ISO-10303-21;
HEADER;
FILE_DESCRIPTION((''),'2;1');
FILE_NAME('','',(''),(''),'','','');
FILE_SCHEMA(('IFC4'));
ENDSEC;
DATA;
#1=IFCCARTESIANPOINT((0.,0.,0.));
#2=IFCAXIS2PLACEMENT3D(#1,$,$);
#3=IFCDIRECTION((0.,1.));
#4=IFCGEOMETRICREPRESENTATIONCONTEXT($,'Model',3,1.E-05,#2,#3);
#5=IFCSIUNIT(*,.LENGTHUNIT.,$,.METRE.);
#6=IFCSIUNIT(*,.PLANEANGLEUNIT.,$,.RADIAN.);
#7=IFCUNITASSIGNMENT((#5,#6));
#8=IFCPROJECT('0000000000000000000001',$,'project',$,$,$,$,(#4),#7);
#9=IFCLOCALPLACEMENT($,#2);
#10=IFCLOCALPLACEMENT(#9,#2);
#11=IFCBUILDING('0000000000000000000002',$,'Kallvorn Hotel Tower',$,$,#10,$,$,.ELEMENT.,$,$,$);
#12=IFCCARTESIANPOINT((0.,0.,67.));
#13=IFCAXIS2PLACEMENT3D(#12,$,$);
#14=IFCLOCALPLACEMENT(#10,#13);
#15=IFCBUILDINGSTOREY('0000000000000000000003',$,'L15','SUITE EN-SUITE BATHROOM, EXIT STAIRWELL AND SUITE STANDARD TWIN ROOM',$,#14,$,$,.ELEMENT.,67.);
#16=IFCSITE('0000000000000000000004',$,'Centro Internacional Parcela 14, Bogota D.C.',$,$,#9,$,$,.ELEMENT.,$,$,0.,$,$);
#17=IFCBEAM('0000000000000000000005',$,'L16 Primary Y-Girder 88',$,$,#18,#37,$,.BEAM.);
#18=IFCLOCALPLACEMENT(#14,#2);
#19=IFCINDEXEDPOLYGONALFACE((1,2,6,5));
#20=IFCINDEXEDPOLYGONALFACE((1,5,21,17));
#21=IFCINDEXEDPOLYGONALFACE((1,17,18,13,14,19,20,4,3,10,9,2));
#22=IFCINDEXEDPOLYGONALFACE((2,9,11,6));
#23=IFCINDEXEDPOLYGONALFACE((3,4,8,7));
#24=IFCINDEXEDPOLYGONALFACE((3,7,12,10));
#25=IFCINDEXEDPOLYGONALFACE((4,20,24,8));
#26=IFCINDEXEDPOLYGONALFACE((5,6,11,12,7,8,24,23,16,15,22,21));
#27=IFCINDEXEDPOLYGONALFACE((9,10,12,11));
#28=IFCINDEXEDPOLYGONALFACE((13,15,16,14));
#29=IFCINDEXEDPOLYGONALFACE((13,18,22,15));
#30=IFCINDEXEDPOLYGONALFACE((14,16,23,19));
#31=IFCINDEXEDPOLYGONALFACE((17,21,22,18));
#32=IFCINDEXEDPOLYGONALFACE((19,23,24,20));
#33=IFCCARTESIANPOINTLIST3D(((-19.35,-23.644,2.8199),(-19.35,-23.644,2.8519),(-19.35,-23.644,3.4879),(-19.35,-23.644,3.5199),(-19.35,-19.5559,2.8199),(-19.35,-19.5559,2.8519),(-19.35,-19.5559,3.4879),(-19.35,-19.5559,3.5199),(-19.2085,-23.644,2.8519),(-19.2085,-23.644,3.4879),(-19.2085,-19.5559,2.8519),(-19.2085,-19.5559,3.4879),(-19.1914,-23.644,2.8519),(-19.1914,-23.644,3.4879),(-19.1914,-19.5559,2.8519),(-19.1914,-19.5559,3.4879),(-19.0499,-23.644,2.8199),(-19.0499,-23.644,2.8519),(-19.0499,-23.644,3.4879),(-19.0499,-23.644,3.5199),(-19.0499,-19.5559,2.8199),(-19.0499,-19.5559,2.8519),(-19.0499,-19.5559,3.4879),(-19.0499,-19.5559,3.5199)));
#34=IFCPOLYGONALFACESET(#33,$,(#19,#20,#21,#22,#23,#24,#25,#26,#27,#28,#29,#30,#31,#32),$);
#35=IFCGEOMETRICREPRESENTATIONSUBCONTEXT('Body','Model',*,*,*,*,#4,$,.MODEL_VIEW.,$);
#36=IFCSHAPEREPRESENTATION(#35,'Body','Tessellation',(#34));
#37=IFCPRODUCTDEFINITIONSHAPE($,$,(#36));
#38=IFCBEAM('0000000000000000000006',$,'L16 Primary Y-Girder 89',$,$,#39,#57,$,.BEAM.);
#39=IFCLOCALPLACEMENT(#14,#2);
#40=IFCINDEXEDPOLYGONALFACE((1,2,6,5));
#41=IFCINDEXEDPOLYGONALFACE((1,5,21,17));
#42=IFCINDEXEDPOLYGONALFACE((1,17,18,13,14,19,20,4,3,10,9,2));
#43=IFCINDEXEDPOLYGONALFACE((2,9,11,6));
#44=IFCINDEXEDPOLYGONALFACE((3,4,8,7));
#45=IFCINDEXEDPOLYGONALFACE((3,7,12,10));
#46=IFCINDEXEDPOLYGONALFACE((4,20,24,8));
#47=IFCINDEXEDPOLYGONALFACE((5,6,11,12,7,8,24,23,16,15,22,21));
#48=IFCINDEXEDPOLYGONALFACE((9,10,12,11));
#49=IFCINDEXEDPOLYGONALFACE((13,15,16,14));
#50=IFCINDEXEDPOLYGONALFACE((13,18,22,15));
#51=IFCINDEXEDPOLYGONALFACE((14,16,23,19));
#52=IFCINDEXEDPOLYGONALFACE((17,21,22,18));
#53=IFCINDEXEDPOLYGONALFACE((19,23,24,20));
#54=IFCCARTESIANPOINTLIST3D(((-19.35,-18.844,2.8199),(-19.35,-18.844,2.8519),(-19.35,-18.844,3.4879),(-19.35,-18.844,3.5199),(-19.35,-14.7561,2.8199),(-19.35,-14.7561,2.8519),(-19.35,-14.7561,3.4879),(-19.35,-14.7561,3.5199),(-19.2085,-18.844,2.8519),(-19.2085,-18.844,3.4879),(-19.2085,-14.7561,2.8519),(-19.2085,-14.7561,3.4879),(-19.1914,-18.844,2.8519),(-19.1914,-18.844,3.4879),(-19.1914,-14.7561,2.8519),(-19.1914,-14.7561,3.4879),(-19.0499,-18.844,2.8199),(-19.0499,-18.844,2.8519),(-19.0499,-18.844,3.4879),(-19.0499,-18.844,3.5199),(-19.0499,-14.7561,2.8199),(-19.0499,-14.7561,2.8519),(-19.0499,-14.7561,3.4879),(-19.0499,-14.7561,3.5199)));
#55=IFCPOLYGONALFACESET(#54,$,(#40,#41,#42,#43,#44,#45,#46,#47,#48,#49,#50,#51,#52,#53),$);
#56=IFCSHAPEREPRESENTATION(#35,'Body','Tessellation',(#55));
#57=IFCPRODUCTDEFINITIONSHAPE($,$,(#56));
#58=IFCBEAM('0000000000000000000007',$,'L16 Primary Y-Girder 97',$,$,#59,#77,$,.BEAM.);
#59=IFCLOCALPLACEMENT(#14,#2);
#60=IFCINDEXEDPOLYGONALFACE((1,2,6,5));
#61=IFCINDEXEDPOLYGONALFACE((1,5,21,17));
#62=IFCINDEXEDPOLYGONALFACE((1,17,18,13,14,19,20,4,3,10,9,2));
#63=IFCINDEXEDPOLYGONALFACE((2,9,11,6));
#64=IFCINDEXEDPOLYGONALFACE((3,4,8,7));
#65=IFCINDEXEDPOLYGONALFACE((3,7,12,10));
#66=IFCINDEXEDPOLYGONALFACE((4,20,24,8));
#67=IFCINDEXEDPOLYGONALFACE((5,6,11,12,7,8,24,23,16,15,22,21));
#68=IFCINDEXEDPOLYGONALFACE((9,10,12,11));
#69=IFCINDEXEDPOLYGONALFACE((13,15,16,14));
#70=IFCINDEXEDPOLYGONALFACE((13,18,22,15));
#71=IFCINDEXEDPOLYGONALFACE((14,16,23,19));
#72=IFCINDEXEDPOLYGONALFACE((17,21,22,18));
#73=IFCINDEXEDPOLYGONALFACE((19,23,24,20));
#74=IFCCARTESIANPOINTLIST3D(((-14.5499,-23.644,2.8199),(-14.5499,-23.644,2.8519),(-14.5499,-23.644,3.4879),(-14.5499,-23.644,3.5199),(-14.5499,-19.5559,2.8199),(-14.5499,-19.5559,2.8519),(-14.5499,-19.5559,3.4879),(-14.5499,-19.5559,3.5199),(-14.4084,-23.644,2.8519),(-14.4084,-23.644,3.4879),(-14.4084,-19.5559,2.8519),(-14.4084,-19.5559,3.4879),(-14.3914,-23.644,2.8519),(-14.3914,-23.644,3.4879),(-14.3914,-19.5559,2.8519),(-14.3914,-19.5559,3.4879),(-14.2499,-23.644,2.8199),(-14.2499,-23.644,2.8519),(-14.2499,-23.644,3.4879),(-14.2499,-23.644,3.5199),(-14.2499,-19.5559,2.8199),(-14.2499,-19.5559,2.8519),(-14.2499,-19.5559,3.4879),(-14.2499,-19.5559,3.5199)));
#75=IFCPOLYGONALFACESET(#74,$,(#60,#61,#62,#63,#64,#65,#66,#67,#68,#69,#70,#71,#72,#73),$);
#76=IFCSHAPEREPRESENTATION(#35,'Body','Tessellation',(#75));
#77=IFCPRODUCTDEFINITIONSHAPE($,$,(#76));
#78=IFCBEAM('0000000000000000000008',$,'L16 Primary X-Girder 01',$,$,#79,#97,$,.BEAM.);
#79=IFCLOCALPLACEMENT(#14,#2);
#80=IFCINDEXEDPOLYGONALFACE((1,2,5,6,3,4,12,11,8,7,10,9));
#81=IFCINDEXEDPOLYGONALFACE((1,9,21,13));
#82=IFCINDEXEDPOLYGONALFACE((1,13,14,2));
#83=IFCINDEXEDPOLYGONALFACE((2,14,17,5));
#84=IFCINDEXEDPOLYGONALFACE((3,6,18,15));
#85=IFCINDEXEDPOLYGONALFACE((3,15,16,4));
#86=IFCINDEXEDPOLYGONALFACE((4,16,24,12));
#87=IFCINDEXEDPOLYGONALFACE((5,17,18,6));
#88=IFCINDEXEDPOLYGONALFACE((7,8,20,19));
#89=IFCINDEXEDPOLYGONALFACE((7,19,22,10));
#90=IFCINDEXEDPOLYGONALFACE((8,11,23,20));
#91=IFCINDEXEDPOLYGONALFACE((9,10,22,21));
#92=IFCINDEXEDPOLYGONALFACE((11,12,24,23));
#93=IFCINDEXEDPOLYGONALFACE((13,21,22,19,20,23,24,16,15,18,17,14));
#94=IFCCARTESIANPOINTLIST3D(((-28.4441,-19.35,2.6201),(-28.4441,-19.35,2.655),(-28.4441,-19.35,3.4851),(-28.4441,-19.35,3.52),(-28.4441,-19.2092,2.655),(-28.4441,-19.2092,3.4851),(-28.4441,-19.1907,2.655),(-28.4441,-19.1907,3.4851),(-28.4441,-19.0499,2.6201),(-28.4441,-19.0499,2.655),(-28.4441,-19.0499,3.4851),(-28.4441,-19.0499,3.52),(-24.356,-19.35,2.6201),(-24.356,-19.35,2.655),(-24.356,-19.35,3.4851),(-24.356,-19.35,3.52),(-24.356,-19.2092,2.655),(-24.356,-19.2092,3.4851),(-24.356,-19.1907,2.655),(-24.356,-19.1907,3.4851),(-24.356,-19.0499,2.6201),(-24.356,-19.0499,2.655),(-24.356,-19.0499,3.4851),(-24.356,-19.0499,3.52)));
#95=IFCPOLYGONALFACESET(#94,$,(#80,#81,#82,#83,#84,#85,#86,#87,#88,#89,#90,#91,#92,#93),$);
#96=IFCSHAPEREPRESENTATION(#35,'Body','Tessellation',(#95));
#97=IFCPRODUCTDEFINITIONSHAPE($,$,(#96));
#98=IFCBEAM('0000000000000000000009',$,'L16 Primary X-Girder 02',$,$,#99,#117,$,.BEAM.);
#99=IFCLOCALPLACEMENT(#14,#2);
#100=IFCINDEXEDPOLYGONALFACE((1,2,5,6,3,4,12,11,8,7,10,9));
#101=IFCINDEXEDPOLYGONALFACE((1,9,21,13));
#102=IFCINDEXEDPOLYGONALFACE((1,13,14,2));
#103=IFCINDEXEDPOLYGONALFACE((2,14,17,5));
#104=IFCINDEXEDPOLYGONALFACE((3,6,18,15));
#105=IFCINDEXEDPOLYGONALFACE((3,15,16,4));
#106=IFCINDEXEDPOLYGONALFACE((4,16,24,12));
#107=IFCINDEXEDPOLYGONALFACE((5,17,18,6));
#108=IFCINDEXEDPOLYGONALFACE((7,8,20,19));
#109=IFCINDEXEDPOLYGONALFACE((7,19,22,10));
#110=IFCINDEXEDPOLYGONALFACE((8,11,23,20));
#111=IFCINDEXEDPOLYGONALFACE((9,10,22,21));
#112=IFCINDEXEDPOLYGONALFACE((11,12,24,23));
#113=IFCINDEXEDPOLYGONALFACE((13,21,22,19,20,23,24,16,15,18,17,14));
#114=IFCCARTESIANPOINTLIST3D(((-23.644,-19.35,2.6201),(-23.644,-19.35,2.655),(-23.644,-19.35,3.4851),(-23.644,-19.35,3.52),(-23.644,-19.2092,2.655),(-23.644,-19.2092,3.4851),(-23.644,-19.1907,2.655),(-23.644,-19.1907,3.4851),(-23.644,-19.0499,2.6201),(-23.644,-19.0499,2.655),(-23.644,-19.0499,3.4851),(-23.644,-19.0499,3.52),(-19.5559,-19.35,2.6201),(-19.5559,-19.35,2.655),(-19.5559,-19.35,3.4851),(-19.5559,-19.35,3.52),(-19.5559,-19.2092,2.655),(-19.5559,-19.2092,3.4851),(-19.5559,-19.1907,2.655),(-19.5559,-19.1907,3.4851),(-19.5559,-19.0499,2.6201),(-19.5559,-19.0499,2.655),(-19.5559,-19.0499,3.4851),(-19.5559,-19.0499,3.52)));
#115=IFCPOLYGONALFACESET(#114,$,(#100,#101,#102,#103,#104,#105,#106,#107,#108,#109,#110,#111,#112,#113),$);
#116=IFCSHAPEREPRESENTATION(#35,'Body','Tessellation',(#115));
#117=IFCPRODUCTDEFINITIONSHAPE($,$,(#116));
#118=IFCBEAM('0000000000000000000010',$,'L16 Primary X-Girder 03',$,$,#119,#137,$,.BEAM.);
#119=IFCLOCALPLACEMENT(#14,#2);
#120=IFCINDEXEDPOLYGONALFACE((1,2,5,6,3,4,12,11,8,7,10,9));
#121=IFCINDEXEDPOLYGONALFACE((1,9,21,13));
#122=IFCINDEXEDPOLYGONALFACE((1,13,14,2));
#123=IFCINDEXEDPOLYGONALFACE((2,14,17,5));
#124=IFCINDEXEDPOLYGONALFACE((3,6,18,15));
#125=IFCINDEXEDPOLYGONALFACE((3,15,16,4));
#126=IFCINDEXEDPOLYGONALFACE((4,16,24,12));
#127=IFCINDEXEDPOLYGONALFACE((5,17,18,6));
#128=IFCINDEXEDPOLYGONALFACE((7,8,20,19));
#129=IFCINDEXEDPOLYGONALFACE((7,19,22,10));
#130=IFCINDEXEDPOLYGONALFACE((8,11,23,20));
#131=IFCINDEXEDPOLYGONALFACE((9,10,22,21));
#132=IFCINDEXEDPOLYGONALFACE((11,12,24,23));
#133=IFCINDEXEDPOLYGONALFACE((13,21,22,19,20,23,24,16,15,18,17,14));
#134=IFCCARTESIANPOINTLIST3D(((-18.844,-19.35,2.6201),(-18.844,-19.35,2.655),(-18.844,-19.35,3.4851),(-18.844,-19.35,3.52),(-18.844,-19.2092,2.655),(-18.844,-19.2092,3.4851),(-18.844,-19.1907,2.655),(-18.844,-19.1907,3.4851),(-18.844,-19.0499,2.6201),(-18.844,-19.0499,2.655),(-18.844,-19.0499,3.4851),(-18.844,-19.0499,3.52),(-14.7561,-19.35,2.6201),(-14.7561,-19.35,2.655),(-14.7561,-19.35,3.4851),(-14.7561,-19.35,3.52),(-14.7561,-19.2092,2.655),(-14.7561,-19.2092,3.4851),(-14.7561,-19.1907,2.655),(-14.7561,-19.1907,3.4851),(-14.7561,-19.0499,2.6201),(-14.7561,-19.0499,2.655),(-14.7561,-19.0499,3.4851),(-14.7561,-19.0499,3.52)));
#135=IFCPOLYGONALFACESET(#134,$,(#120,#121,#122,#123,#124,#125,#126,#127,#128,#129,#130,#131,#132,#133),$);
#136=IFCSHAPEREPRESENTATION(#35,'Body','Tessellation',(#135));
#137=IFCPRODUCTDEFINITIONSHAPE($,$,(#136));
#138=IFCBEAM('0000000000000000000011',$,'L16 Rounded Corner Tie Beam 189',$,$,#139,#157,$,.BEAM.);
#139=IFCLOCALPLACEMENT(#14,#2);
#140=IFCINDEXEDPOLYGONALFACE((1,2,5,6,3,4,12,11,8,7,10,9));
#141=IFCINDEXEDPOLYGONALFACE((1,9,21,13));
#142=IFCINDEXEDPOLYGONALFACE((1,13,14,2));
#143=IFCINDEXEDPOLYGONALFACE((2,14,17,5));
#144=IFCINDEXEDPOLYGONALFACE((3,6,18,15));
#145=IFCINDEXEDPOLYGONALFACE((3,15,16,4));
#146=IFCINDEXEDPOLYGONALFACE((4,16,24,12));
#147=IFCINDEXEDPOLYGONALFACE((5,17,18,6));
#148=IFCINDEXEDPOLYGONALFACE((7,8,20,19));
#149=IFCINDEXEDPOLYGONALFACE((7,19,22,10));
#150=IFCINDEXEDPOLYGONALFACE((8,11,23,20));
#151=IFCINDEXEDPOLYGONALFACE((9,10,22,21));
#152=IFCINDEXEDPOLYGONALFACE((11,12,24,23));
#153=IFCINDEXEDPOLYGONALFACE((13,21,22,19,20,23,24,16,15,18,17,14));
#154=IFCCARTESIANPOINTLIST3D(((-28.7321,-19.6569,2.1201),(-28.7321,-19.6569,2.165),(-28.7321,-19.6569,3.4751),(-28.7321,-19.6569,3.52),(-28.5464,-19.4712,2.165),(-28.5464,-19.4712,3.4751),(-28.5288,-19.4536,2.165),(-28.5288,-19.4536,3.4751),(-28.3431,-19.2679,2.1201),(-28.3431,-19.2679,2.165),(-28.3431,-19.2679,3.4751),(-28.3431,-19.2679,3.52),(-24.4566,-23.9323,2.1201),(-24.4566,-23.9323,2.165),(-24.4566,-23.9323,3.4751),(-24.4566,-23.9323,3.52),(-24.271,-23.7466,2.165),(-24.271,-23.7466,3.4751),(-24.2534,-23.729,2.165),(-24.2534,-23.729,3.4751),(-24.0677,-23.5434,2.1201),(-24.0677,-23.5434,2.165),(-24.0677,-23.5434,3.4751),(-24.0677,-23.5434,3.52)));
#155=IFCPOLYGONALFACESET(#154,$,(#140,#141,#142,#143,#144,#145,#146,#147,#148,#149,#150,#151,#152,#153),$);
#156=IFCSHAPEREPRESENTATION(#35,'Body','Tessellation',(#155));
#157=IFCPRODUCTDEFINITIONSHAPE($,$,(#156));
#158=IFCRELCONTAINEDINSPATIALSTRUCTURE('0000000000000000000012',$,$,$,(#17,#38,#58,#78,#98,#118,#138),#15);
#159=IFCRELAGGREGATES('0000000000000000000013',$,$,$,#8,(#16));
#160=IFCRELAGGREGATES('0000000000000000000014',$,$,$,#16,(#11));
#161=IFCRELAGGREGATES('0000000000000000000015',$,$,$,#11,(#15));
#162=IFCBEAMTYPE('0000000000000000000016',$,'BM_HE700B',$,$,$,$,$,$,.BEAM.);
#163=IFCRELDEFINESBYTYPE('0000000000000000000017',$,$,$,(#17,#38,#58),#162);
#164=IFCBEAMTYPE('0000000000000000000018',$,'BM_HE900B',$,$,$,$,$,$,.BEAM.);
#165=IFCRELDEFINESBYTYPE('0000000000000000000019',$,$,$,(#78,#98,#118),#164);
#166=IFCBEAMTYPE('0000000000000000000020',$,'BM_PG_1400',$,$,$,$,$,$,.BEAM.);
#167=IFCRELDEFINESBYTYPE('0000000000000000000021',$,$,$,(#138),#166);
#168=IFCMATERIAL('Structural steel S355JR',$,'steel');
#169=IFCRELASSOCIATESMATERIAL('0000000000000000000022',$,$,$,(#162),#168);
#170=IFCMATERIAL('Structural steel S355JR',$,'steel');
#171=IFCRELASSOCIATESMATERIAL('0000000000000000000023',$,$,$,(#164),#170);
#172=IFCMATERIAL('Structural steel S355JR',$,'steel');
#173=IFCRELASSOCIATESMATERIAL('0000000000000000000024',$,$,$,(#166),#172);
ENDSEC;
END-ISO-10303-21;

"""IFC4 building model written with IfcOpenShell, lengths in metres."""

from ifc_helpers import new_model, si_unit, direction, frame, origin, origin_2d, place, context, subcontext, project, spatial, i_section, extrude, material, material_profile, profile_set, type_object, element, save


model = new_model("IFC4")

# Units and contexts
model_context = context("Model", 3, precision=1e-05, world=origin(), true_north=direction((0.0, 1.0)))
body_context = subcontext(model_context, "Body", "Model", "MODEL_VIEW")
ifc_project = project(units=[si_unit("LENGTHUNIT", "METRE"), si_unit("PLANEANGLEUNIT", "RADIAN")], contexts=[model_context])

# Site, building, storey
site_placement = place(None, origin())
site = spatial("IfcSite", under=ifc_project, at=site_placement, Name="Centro Internacional Parcela 14, Bogota D.C.", CompositionType="ELEMENT", RefElevation=0.0)
building_placement = place(site_placement, origin())
building = spatial("IfcBuilding", under=site, at=building_placement, Name="Kallvorn Hotel Tower", CompositionType="ELEMENT")
storey_placement = place(building_placement, frame((0.0, 0.0, 67.0)))
storey = spatial("IfcBuildingStorey", under=building, at=storey_placement, Name="L15", Description="SUITE EN-SUITE BATHROOM, EXIT STAIRWELL AND SUITE STANDARD TWIN ROOM", CompositionType="ELEMENT", Elevation=67.0)

# Beams
ifc_material_1 = material(Name="Structural steel S355JR", Category="steel")
ifc_material_profile_1 = material_profile(ifc_material_1, i_section(OverallWidth=0.3, OverallDepth=0.7, WebThickness=0.0171, FlangeThickness=0.032, at=origin_2d()), Name="HE 700 B")
ifc_profile_set_1 = profile_set([ifc_material_profile_1], Name="Structural steel S355JR")
beam_type_1 = type_object("IfcBeamType", Name="BM_HE700B", PredefinedType="BEAM", material=ifc_profile_set_1)
beam_1_placement = place(storey_placement, frame((-19.2, -23.644, 3.1699), z_axis=(0.0, 1.0, 0.0), x_axis=(-1.0, 0.0, 0.0)))
element("IfcBeam", 1, at=beam_1_placement, inside=storey, type_object=beam_type_1, Name="L16 Primary Y-Girder 88", PredefinedType="BEAM", context=body_context, shape_type="SweptSolid", body=[
    extrude(i_section(OverallWidth=0.3, OverallDepth=0.7, WebThickness=0.0171, FlangeThickness=0.032, at=origin_2d()), origin(), (0.0, 0.0, 1.0), 4.0881),
])
beam_2_placement = place(storey_placement, frame((-19.2, -18.844, 3.1699), z_axis=(0.0, 1.0, 0.0), x_axis=(-1.0, 0.0, 0.0)))
element("IfcBeam", 2, at=beam_2_placement, inside=storey, type_object=beam_type_1, Name="L16 Primary Y-Girder 89", PredefinedType="BEAM", context=body_context, shape_type="SweptSolid", body=[
    extrude(i_section(OverallWidth=0.3, OverallDepth=0.7, WebThickness=0.0171, FlangeThickness=0.032, at=origin_2d()), origin(), (0.0, 0.0, 1.0), 4.0879),
])
beam_3_placement = place(storey_placement, frame((-14.3999, -23.644, 3.1699), z_axis=(0.0, 1.0, 0.0), x_axis=(-1.0, 0.0, 0.0)))
element("IfcBeam", 3, at=beam_3_placement, inside=storey, type_object=beam_type_1, Name="L16 Primary Y-Girder 97", PredefinedType="BEAM", context=body_context, shape_type="SweptSolid", body=[
    extrude(i_section(OverallWidth=0.3, OverallDepth=0.7, WebThickness=0.0171, FlangeThickness=0.032, at=origin_2d()), origin(), (0.0, 0.0, 1.0), 4.0881),
])
ifc_material_2 = material(Name="Structural steel S355JR", Category="steel")
ifc_material_profile_2 = material_profile(ifc_material_2, i_section(OverallWidth=0.3, OverallDepth=0.8999, WebThickness=0.0186, FlangeThickness=0.0349, at=origin_2d()), Name="HE 900 B")
ifc_profile_set_2 = profile_set([ifc_material_profile_2], Name="Structural steel S355JR")
beam_type_2 = type_object("IfcBeamType", Name="BM_HE900B", PredefinedType="BEAM", material=ifc_profile_set_2)
for number, where, z_axis, x_axis, name in (
    (4, (-28.4441, -19.2, 3.0701), (1.0, 0.0, 0.0), (0.0, 1.0, 0.0), "L16 Primary X-Girder 01"),
    (5, (-23.644, -19.2, 3.0701), (1.0, 0.0, 0.0), (0.0, 1.0, 0.0), "L16 Primary X-Girder 02"),
):
    element("IfcBeam", number, at=place(storey_placement, frame(where, z_axis=z_axis, x_axis=x_axis)), inside=storey, type_object=beam_type_2, Name=name, PredefinedType="BEAM", context=body_context, shape_type="SweptSolid", body=[
        extrude(i_section(OverallWidth=0.3, OverallDepth=0.8999, WebThickness=0.0186, FlangeThickness=0.0349, at=origin_2d()), origin(), (0.0, 0.0, 1.0), 4.0881),
    ])
beam_4_placement = place(storey_placement, frame((-18.844, -19.2, 3.0701), z_axis=(1.0, 0.0, 0.0), x_axis=(0.0, 1.0, 0.0)))
element("IfcBeam", 6, at=beam_4_placement, inside=storey, type_object=beam_type_2, Name="L16 Primary X-Girder 03", PredefinedType="BEAM", context=body_context, shape_type="SweptSolid", body=[
    extrude(i_section(OverallWidth=0.3, OverallDepth=0.8999, WebThickness=0.0186, FlangeThickness=0.0349, at=origin_2d()), origin(), (0.0, 0.0, 1.0), 4.0879),
])
ifc_material_3 = material(Name="Structural steel S355JR", Category="steel")
ifc_material_profile_3 = material_profile(ifc_material_3, i_section(OverallWidth=0.55, OverallDepth=1.3999, WebThickness=0.0249, FlangeThickness=0.0449, at=origin_2d()), Name="PG 1400x550x25x45")
ifc_profile_set_3 = profile_set([ifc_material_profile_3], Name="Structural steel S355JR")
beam_type_3 = type_object("IfcBeamType", Name="BM_PG_1400", PredefinedType="BEAM", material=ifc_profile_set_3)
beam_5_placement = place(storey_placement, frame((-28.5376, -19.4624, 2.8201), z_axis=(0.707107, -0.707107, 0.0), x_axis=(0.707107, 0.707107, 0.0)))
element("IfcBeam", 7, at=beam_5_placement, inside=storey, type_object=beam_type_3, Name="L16 Rounded Corner Tie Beam 189", PredefinedType="BEAM", context=body_context, shape_type="SweptSolid", body=[
    extrude(i_section(OverallWidth=0.55, OverallDepth=1.3999, WebThickness=0.0249, FlangeThickness=0.0449, at=origin_2d()), origin(), (0.0, 0.0, 1.0), 6.0464),
])

save(model, "model.ifc")
